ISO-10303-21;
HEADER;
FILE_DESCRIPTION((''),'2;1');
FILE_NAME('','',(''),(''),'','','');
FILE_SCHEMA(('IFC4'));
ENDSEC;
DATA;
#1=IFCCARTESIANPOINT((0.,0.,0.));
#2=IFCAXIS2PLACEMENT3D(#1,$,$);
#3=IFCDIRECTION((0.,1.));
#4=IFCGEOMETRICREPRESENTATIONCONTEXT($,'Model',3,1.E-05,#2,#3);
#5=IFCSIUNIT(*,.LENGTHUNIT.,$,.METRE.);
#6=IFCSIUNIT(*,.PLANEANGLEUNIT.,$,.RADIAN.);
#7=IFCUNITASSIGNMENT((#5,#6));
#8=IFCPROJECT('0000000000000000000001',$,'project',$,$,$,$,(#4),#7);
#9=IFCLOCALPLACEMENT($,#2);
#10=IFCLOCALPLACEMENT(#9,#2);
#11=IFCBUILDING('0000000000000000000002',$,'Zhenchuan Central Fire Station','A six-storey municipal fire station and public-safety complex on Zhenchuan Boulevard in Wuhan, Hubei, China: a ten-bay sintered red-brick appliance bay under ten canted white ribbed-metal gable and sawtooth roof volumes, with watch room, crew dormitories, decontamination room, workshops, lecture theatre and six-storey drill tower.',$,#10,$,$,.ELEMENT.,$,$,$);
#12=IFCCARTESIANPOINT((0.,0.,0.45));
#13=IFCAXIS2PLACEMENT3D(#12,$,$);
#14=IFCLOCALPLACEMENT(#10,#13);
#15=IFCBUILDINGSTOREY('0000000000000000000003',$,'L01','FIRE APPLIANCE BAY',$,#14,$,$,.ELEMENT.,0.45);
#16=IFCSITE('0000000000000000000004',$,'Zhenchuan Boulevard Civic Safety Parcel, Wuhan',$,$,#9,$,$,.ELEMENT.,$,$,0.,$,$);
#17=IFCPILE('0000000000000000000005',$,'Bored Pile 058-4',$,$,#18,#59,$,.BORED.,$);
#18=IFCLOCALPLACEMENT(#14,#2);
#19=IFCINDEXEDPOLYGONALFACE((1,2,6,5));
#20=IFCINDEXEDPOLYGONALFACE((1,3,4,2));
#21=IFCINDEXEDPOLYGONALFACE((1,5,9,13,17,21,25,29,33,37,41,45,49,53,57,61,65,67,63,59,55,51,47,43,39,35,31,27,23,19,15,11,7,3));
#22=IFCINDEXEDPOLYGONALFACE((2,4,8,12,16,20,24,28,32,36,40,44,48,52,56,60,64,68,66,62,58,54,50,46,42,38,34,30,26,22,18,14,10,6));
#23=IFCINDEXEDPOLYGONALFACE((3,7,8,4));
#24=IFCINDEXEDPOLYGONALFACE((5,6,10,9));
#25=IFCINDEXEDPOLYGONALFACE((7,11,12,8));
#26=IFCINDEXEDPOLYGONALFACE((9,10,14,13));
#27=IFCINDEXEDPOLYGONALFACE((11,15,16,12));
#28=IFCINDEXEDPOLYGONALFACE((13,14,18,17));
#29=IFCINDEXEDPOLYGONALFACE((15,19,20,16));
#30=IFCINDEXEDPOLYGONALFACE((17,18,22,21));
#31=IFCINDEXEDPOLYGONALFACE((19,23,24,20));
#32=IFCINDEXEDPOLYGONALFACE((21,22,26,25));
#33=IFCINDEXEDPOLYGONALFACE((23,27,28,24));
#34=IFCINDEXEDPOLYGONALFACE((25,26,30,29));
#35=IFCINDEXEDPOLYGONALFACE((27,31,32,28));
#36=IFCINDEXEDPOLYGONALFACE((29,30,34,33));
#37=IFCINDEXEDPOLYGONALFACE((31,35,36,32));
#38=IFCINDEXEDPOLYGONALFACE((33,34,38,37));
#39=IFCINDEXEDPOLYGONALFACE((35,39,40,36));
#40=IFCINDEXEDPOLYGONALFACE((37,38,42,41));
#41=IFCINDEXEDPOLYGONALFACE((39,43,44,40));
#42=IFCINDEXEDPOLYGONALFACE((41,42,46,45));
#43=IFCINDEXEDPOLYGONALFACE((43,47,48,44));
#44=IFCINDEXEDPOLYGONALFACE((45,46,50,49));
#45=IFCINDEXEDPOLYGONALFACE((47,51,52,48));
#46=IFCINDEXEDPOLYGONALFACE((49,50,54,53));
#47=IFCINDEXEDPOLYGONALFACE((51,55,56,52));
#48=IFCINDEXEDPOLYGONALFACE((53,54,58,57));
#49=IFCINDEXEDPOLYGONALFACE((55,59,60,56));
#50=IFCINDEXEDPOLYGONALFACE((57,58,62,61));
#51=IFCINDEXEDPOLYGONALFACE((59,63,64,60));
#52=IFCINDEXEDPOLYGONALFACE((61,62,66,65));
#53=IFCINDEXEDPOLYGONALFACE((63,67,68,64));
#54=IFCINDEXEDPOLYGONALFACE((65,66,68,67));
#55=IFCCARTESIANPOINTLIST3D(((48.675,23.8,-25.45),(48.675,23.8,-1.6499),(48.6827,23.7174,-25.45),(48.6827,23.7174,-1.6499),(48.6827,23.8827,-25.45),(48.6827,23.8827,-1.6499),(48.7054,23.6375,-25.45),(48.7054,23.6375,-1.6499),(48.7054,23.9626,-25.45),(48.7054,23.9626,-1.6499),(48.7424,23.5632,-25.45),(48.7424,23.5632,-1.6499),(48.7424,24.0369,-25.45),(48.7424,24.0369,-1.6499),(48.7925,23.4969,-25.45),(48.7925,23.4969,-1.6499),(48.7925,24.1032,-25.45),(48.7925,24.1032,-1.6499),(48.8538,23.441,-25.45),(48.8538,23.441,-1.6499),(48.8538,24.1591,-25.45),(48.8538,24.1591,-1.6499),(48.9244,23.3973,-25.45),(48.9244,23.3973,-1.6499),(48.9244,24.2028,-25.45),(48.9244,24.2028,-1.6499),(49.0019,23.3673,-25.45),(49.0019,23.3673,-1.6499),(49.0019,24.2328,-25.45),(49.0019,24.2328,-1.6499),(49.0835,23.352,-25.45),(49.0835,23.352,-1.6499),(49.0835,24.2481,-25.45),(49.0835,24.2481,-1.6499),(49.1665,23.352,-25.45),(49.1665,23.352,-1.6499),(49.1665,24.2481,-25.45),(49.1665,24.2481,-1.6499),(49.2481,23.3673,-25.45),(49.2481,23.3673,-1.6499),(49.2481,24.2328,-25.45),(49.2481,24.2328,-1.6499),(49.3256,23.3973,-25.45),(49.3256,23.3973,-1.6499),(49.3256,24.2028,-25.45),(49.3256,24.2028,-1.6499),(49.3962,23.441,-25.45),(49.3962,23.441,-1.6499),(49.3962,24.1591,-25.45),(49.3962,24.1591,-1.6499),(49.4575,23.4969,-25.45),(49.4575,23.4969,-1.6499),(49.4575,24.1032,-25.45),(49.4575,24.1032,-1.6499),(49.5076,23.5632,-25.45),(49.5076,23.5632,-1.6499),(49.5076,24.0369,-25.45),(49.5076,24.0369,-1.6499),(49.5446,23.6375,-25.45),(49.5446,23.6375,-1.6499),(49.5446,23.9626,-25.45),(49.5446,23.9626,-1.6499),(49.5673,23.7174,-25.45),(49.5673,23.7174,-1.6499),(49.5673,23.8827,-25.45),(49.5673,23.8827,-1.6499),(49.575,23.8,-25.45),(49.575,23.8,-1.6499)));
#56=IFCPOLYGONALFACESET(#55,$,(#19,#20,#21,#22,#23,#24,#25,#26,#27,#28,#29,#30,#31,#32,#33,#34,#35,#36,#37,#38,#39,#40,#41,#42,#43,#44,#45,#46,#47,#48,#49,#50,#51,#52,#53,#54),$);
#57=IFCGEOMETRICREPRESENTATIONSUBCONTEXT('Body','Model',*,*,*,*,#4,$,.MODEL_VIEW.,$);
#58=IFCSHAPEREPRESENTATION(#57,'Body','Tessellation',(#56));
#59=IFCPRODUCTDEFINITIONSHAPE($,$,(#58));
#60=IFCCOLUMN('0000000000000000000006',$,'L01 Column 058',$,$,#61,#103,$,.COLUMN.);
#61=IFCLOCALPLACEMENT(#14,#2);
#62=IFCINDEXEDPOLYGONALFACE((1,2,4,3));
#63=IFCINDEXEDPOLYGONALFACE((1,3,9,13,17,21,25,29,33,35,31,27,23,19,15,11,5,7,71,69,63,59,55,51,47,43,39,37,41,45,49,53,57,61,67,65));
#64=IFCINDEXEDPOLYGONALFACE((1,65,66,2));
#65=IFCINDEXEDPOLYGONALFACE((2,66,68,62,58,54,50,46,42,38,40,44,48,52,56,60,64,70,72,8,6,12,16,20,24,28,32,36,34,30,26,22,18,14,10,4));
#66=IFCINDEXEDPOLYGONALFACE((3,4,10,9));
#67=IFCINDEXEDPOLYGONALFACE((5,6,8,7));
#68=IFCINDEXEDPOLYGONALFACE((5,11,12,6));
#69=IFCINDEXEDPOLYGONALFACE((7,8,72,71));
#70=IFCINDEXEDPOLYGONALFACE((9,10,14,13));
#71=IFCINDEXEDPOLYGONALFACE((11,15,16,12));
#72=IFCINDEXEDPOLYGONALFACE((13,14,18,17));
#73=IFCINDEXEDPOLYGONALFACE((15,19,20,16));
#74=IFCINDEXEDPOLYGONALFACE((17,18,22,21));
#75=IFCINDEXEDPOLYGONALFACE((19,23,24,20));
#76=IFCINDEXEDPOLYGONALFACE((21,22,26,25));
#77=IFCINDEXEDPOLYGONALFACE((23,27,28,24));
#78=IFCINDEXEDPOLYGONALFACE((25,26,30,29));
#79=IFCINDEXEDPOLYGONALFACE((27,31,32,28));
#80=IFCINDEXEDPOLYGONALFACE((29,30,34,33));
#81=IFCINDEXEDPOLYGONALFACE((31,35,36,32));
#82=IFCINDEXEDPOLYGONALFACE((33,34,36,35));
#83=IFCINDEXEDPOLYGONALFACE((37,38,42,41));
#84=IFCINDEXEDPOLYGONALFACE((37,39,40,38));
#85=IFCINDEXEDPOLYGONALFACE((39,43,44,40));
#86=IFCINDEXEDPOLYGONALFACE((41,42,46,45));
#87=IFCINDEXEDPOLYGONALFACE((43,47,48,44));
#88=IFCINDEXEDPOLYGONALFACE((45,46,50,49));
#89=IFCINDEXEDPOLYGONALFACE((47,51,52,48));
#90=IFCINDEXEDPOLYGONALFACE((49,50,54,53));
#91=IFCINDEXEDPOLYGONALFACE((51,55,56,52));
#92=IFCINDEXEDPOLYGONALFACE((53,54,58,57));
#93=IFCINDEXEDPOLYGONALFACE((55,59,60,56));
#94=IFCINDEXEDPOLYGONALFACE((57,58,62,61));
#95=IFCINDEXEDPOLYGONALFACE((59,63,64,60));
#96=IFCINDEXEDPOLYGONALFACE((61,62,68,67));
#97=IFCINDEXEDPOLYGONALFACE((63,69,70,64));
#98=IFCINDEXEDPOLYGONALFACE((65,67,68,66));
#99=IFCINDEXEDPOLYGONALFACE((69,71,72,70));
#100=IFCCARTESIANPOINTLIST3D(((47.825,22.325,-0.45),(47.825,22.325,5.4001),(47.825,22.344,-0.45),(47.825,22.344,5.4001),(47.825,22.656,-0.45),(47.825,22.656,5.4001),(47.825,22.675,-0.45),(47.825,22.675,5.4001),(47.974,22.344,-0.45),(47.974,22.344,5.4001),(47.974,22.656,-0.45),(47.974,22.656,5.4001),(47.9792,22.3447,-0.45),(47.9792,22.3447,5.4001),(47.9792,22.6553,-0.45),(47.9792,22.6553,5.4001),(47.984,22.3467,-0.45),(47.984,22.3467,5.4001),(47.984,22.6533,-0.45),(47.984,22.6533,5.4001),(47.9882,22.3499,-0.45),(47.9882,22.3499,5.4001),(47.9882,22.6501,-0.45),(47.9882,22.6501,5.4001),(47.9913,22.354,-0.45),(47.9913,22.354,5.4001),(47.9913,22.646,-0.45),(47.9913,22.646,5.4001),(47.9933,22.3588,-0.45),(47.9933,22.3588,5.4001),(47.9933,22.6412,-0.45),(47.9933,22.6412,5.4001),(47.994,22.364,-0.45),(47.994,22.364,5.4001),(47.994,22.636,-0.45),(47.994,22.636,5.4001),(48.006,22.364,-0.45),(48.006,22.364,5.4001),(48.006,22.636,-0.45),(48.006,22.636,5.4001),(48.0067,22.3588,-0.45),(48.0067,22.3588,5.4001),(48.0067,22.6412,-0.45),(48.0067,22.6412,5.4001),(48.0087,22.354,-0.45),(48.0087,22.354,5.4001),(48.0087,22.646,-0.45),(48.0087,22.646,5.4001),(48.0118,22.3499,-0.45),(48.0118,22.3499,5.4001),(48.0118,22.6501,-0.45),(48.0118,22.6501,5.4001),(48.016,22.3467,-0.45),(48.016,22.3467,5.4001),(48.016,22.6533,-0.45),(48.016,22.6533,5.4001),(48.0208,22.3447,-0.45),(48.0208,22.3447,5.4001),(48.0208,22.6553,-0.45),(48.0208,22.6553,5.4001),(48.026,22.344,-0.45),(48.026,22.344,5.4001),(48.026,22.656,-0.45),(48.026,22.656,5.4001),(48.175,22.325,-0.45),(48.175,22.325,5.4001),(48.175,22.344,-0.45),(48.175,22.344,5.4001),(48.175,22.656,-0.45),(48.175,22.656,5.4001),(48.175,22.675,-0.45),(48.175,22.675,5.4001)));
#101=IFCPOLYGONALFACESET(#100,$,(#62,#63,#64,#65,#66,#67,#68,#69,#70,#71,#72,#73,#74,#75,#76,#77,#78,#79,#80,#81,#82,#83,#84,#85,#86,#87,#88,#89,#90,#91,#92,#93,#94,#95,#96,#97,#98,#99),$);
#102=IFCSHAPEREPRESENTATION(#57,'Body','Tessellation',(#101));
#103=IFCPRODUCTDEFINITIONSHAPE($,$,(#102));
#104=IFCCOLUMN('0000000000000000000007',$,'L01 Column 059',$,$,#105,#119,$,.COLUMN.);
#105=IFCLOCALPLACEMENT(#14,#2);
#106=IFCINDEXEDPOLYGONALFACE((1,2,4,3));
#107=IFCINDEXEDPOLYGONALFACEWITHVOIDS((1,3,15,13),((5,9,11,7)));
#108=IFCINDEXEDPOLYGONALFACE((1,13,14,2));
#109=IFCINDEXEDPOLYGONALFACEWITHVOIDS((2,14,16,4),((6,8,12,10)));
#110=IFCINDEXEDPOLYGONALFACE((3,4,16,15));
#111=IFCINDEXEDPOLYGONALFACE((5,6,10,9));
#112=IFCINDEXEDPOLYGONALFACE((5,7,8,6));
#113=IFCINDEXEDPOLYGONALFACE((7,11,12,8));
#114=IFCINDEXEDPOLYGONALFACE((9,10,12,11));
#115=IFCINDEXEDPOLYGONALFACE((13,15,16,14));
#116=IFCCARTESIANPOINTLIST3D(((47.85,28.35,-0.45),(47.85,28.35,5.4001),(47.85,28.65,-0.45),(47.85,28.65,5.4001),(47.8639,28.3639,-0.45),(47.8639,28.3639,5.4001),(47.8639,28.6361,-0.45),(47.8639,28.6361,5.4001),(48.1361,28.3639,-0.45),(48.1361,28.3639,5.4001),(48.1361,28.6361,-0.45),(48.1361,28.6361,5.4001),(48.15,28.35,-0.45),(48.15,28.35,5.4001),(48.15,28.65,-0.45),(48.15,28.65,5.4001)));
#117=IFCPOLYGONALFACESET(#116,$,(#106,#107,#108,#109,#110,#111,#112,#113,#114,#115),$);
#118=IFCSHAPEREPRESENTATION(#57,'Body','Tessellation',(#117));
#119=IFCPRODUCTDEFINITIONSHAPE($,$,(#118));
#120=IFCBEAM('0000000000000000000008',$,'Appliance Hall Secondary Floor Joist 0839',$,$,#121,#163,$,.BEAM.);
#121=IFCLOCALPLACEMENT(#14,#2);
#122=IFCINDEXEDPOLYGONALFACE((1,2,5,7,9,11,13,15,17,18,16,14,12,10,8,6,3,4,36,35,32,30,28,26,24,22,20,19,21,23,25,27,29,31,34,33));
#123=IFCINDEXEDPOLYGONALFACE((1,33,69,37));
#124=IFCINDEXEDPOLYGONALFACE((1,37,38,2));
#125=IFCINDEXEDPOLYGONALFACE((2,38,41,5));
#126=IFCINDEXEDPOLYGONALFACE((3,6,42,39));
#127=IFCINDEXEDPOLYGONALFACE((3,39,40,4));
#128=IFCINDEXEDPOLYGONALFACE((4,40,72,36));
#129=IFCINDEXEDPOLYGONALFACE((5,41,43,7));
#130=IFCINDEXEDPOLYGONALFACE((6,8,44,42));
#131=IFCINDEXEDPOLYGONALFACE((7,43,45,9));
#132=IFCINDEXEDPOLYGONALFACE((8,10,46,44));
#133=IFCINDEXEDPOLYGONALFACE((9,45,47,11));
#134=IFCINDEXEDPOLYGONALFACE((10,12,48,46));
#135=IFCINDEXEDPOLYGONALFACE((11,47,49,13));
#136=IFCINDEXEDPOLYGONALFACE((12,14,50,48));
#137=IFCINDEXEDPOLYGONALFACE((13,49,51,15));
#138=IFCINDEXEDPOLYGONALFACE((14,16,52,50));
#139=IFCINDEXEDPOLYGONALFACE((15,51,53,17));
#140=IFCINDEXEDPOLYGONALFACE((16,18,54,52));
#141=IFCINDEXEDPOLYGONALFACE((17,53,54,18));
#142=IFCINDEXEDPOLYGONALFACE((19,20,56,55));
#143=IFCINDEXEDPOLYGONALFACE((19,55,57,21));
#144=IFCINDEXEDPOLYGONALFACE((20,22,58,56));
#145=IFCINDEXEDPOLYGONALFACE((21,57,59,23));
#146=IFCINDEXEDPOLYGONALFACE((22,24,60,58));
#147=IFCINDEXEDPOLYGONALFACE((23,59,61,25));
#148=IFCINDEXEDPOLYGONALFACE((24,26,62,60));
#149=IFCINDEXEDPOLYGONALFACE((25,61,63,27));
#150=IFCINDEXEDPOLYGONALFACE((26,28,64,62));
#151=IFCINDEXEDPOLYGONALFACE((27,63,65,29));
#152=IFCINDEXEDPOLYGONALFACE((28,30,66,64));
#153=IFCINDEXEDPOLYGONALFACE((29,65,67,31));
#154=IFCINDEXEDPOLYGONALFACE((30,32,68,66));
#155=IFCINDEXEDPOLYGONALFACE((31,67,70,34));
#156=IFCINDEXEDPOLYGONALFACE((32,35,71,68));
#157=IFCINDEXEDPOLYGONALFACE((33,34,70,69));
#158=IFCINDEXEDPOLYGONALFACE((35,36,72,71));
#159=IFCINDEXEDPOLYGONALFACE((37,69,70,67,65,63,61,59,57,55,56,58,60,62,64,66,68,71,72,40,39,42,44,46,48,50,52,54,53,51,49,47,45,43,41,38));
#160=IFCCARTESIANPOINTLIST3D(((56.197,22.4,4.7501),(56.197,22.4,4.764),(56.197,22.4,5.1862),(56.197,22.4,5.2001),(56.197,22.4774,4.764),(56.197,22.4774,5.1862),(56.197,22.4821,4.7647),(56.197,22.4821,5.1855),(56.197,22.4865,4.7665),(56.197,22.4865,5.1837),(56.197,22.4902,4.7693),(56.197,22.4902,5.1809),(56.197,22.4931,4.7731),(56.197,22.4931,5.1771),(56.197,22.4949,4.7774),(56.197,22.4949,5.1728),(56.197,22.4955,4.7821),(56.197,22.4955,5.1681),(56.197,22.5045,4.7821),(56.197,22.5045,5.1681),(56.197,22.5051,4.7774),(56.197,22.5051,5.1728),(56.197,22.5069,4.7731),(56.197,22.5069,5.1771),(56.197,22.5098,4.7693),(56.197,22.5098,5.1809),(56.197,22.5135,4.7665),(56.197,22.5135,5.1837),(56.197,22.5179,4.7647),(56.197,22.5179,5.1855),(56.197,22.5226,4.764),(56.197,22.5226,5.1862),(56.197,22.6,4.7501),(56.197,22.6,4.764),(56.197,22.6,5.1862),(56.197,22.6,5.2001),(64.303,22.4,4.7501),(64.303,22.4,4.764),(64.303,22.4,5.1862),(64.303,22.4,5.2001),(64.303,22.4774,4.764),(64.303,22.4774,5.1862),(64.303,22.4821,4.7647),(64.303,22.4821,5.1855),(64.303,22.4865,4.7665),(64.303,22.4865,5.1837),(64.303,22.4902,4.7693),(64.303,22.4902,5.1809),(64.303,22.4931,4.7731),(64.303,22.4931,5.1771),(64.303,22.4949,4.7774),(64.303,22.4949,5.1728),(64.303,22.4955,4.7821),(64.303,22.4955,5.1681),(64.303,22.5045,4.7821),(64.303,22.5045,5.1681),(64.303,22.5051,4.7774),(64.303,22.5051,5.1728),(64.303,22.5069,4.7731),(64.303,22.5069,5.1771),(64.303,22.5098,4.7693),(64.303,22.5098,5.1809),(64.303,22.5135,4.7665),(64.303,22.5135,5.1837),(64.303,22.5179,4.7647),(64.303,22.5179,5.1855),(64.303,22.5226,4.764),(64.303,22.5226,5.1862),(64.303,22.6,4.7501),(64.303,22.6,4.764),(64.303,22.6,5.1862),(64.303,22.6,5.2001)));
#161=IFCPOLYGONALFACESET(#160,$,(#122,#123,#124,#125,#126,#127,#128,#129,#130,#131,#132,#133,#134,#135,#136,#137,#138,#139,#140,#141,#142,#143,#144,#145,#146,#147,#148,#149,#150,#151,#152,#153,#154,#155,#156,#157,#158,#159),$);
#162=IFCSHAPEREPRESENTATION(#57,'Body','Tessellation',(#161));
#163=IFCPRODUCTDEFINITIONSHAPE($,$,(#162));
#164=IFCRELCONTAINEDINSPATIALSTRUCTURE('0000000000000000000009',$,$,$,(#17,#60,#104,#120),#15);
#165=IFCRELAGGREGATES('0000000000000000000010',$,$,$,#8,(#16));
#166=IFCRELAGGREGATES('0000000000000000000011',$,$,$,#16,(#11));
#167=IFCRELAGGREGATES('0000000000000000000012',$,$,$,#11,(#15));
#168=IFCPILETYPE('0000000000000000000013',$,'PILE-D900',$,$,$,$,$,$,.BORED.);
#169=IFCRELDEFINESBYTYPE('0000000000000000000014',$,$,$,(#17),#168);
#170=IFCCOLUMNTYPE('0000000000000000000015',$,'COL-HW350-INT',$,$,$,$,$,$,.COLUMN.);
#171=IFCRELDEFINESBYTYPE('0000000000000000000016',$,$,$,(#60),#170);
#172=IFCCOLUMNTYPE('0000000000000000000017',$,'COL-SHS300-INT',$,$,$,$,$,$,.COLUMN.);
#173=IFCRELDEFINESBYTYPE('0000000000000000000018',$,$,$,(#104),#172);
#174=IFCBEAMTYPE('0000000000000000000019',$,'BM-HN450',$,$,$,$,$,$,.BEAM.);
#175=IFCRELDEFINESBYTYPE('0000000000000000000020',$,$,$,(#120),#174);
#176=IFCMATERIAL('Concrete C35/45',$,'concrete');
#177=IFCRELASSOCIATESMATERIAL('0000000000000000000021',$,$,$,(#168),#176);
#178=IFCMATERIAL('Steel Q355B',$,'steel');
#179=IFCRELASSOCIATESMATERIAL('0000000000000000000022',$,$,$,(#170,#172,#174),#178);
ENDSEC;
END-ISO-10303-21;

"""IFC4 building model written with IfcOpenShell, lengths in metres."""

from ifc_helpers import new_model, si_unit, direction, frame, origin, origin_2d, place, context, subcontext, project, spatial, hollow_rectangle, circle, i_section, extrude, material, material_profile, profile_set, type_object, element, save


model = new_model("IFC4")

# Units and contexts
model_context = context("Model", 3, precision=1e-05, world=origin(), true_north=direction((0.0, 1.0)))
body_context = subcontext(model_context, "Body", "Model", "MODEL_VIEW")
ifc_project = project(units=[si_unit("LENGTHUNIT", "METRE"), si_unit("PLANEANGLEUNIT", "RADIAN")], contexts=[model_context])

# Site, building, storey
site_placement = place(None, origin())
site = spatial("IfcSite", under=ifc_project, at=site_placement, Name="Zhenchuan Boulevard Civic Safety Parcel, Wuhan", CompositionType="ELEMENT", RefElevation=0.0)
building_placement = place(site_placement, origin())
building = spatial("IfcBuilding", under=site, at=building_placement, Name="Zhenchuan Central Fire Station", Description="A six-storey municipal fire station and public-safety complex on Zhenchuan Boulevard in Wuhan, Hubei, China: a ten-bay sintered red-brick appliance bay under ten canted white ribbed-metal gable and sawtooth roof volumes, with watch room, crew dormitories, decontamination room, workshops, lecture theatre and six-storey drill tower.", CompositionType="ELEMENT")
storey_placement = place(building_placement, frame((0.0, 0.0, 0.45)))
storey = spatial("IfcBuildingStorey", under=building, at=storey_placement, Name="L01", Description="FIRE APPLIANCE BAY", CompositionType="ELEMENT", Elevation=0.45)

# Pile
ifc_material_1 = material(Name="Concrete C35/45", Category="concrete")
ifc_material_profile_1 = material_profile(ifc_material_1, circle(Radius=0.45, at=origin_2d()), Name="PILE D900")
ifc_profile_set_1 = profile_set([ifc_material_profile_1], Name="Concrete C35/45")
pile_type_1 = type_object("IfcPileType", Name="PILE-D900", PredefinedType="BORED", material=ifc_profile_set_1)
for number, where, z_axis, x_axis, name in (
    (1, (49.125, 23.8, -1.6499), (0.0, 0.0, -1.0), (1.0, 0.0, 0.0), "Bored Pile 058-4"),
):
    element("IfcPile", number, at=place(storey_placement, frame(where, z_axis=z_axis, x_axis=x_axis)), inside=storey, type_object=pile_type_1, Name=name, PredefinedType="BORED", context=body_context, shape_type="SweptSolid", body=[
        extrude(circle(Radius=0.45, at=origin_2d()), origin(), (0.0, 0.0, 1.0), 23.8),
    ])

# Columns
ifc_material_2 = material(Name="Steel Q355B", Category="steel")
ifc_material_profile_2 = material_profile(ifc_material_2, i_section(OverallWidth=0.3501, OverallDepth=0.3501, WebThickness=0.012, FlangeThickness=0.019, FilletRadius=0.02, at=origin_2d()), Name="HW 350x350")
ifc_profile_set_2 = profile_set([ifc_material_profile_2], Name="Steel Q355B")
column_type_1 = type_object("IfcColumnType", Name="COL-HW350-INT", PredefinedType="COLUMN", material=ifc_profile_set_2)
column_1_placement = place(storey_placement, frame((48.0, 22.5, -0.45), z_axis=(0.0, 0.0, 1.0), x_axis=(1.0, 0.0, 0.0)))
element("IfcColumn", 2, at=column_1_placement, inside=storey, type_object=column_type_1, Name="L01 Column 058", PredefinedType="COLUMN", context=body_context, shape_type="SweptSolid", body=[
    extrude(i_section(OverallWidth=0.3501, OverallDepth=0.3501, WebThickness=0.012, FlangeThickness=0.019, FilletRadius=0.02, at=origin_2d()), origin(), (0.0, 0.0, 1.0), 5.8501),
])
ifc_material_profile_3 = material_profile(ifc_material_2, hollow_rectangle(XDim=0.3, YDim=0.3, WallThickness=0.0139, at=origin_2d()), Name="SHS 300x300x14")
ifc_profile_set_3 = profile_set([ifc_material_profile_3], Name="Steel Q355B")
column_type_2 = type_object("IfcColumnType", Name="COL-SHS300-INT", PredefinedType="COLUMN", material=ifc_profile_set_3)
column_2_placement = place(storey_placement, frame((48.0, 28.5, -0.45), z_axis=(0.0, 0.0, 1.0), x_axis=(1.0, 0.0, 0.0)))
element("IfcColumn", 3, at=column_2_placement, inside=storey, type_object=column_type_2, Name="L01 Column 059", PredefinedType="COLUMN", context=body_context, shape_type="SweptSolid", body=[
    extrude(hollow_rectangle(XDim=0.3, YDim=0.3, WallThickness=0.0139, at=origin_2d()), origin(), (0.0, 0.0, 1.0), 5.8501),
])

# Beam
ifc_material_profile_4 = material_profile(ifc_material_2, i_section(OverallWidth=0.2, OverallDepth=0.45, WebThickness=0.009, FlangeThickness=0.0139, FilletRadius=0.0181, at=origin_2d()), Name="HN 450x200")
ifc_profile_set_4 = profile_set([ifc_material_profile_4], Name="Steel Q355B")
beam_type_1 = type_object("IfcBeamType", Name="BM-HN450", PredefinedType="BEAM", material=ifc_profile_set_4)
beam_1_placement = place(storey_placement, frame((56.197, 22.5, 4.9751), z_axis=(1.0, 0.0, 0.0), x_axis=(0.0, 1.0, 0.0)))
element("IfcBeam", 4, at=beam_1_placement, inside=storey, type_object=beam_type_1, Name="Appliance Hall Secondary Floor Joist 0839", PredefinedType="BEAM", context=body_context, shape_type="SweptSolid", body=[
    extrude(i_section(OverallWidth=0.2, OverallDepth=0.45, WebThickness=0.009, FlangeThickness=0.0139, FilletRadius=0.0181, at=origin_2d()), origin(), (0.0, 0.0, 1.0), 8.106),
])

save(model, "model.ifc")
